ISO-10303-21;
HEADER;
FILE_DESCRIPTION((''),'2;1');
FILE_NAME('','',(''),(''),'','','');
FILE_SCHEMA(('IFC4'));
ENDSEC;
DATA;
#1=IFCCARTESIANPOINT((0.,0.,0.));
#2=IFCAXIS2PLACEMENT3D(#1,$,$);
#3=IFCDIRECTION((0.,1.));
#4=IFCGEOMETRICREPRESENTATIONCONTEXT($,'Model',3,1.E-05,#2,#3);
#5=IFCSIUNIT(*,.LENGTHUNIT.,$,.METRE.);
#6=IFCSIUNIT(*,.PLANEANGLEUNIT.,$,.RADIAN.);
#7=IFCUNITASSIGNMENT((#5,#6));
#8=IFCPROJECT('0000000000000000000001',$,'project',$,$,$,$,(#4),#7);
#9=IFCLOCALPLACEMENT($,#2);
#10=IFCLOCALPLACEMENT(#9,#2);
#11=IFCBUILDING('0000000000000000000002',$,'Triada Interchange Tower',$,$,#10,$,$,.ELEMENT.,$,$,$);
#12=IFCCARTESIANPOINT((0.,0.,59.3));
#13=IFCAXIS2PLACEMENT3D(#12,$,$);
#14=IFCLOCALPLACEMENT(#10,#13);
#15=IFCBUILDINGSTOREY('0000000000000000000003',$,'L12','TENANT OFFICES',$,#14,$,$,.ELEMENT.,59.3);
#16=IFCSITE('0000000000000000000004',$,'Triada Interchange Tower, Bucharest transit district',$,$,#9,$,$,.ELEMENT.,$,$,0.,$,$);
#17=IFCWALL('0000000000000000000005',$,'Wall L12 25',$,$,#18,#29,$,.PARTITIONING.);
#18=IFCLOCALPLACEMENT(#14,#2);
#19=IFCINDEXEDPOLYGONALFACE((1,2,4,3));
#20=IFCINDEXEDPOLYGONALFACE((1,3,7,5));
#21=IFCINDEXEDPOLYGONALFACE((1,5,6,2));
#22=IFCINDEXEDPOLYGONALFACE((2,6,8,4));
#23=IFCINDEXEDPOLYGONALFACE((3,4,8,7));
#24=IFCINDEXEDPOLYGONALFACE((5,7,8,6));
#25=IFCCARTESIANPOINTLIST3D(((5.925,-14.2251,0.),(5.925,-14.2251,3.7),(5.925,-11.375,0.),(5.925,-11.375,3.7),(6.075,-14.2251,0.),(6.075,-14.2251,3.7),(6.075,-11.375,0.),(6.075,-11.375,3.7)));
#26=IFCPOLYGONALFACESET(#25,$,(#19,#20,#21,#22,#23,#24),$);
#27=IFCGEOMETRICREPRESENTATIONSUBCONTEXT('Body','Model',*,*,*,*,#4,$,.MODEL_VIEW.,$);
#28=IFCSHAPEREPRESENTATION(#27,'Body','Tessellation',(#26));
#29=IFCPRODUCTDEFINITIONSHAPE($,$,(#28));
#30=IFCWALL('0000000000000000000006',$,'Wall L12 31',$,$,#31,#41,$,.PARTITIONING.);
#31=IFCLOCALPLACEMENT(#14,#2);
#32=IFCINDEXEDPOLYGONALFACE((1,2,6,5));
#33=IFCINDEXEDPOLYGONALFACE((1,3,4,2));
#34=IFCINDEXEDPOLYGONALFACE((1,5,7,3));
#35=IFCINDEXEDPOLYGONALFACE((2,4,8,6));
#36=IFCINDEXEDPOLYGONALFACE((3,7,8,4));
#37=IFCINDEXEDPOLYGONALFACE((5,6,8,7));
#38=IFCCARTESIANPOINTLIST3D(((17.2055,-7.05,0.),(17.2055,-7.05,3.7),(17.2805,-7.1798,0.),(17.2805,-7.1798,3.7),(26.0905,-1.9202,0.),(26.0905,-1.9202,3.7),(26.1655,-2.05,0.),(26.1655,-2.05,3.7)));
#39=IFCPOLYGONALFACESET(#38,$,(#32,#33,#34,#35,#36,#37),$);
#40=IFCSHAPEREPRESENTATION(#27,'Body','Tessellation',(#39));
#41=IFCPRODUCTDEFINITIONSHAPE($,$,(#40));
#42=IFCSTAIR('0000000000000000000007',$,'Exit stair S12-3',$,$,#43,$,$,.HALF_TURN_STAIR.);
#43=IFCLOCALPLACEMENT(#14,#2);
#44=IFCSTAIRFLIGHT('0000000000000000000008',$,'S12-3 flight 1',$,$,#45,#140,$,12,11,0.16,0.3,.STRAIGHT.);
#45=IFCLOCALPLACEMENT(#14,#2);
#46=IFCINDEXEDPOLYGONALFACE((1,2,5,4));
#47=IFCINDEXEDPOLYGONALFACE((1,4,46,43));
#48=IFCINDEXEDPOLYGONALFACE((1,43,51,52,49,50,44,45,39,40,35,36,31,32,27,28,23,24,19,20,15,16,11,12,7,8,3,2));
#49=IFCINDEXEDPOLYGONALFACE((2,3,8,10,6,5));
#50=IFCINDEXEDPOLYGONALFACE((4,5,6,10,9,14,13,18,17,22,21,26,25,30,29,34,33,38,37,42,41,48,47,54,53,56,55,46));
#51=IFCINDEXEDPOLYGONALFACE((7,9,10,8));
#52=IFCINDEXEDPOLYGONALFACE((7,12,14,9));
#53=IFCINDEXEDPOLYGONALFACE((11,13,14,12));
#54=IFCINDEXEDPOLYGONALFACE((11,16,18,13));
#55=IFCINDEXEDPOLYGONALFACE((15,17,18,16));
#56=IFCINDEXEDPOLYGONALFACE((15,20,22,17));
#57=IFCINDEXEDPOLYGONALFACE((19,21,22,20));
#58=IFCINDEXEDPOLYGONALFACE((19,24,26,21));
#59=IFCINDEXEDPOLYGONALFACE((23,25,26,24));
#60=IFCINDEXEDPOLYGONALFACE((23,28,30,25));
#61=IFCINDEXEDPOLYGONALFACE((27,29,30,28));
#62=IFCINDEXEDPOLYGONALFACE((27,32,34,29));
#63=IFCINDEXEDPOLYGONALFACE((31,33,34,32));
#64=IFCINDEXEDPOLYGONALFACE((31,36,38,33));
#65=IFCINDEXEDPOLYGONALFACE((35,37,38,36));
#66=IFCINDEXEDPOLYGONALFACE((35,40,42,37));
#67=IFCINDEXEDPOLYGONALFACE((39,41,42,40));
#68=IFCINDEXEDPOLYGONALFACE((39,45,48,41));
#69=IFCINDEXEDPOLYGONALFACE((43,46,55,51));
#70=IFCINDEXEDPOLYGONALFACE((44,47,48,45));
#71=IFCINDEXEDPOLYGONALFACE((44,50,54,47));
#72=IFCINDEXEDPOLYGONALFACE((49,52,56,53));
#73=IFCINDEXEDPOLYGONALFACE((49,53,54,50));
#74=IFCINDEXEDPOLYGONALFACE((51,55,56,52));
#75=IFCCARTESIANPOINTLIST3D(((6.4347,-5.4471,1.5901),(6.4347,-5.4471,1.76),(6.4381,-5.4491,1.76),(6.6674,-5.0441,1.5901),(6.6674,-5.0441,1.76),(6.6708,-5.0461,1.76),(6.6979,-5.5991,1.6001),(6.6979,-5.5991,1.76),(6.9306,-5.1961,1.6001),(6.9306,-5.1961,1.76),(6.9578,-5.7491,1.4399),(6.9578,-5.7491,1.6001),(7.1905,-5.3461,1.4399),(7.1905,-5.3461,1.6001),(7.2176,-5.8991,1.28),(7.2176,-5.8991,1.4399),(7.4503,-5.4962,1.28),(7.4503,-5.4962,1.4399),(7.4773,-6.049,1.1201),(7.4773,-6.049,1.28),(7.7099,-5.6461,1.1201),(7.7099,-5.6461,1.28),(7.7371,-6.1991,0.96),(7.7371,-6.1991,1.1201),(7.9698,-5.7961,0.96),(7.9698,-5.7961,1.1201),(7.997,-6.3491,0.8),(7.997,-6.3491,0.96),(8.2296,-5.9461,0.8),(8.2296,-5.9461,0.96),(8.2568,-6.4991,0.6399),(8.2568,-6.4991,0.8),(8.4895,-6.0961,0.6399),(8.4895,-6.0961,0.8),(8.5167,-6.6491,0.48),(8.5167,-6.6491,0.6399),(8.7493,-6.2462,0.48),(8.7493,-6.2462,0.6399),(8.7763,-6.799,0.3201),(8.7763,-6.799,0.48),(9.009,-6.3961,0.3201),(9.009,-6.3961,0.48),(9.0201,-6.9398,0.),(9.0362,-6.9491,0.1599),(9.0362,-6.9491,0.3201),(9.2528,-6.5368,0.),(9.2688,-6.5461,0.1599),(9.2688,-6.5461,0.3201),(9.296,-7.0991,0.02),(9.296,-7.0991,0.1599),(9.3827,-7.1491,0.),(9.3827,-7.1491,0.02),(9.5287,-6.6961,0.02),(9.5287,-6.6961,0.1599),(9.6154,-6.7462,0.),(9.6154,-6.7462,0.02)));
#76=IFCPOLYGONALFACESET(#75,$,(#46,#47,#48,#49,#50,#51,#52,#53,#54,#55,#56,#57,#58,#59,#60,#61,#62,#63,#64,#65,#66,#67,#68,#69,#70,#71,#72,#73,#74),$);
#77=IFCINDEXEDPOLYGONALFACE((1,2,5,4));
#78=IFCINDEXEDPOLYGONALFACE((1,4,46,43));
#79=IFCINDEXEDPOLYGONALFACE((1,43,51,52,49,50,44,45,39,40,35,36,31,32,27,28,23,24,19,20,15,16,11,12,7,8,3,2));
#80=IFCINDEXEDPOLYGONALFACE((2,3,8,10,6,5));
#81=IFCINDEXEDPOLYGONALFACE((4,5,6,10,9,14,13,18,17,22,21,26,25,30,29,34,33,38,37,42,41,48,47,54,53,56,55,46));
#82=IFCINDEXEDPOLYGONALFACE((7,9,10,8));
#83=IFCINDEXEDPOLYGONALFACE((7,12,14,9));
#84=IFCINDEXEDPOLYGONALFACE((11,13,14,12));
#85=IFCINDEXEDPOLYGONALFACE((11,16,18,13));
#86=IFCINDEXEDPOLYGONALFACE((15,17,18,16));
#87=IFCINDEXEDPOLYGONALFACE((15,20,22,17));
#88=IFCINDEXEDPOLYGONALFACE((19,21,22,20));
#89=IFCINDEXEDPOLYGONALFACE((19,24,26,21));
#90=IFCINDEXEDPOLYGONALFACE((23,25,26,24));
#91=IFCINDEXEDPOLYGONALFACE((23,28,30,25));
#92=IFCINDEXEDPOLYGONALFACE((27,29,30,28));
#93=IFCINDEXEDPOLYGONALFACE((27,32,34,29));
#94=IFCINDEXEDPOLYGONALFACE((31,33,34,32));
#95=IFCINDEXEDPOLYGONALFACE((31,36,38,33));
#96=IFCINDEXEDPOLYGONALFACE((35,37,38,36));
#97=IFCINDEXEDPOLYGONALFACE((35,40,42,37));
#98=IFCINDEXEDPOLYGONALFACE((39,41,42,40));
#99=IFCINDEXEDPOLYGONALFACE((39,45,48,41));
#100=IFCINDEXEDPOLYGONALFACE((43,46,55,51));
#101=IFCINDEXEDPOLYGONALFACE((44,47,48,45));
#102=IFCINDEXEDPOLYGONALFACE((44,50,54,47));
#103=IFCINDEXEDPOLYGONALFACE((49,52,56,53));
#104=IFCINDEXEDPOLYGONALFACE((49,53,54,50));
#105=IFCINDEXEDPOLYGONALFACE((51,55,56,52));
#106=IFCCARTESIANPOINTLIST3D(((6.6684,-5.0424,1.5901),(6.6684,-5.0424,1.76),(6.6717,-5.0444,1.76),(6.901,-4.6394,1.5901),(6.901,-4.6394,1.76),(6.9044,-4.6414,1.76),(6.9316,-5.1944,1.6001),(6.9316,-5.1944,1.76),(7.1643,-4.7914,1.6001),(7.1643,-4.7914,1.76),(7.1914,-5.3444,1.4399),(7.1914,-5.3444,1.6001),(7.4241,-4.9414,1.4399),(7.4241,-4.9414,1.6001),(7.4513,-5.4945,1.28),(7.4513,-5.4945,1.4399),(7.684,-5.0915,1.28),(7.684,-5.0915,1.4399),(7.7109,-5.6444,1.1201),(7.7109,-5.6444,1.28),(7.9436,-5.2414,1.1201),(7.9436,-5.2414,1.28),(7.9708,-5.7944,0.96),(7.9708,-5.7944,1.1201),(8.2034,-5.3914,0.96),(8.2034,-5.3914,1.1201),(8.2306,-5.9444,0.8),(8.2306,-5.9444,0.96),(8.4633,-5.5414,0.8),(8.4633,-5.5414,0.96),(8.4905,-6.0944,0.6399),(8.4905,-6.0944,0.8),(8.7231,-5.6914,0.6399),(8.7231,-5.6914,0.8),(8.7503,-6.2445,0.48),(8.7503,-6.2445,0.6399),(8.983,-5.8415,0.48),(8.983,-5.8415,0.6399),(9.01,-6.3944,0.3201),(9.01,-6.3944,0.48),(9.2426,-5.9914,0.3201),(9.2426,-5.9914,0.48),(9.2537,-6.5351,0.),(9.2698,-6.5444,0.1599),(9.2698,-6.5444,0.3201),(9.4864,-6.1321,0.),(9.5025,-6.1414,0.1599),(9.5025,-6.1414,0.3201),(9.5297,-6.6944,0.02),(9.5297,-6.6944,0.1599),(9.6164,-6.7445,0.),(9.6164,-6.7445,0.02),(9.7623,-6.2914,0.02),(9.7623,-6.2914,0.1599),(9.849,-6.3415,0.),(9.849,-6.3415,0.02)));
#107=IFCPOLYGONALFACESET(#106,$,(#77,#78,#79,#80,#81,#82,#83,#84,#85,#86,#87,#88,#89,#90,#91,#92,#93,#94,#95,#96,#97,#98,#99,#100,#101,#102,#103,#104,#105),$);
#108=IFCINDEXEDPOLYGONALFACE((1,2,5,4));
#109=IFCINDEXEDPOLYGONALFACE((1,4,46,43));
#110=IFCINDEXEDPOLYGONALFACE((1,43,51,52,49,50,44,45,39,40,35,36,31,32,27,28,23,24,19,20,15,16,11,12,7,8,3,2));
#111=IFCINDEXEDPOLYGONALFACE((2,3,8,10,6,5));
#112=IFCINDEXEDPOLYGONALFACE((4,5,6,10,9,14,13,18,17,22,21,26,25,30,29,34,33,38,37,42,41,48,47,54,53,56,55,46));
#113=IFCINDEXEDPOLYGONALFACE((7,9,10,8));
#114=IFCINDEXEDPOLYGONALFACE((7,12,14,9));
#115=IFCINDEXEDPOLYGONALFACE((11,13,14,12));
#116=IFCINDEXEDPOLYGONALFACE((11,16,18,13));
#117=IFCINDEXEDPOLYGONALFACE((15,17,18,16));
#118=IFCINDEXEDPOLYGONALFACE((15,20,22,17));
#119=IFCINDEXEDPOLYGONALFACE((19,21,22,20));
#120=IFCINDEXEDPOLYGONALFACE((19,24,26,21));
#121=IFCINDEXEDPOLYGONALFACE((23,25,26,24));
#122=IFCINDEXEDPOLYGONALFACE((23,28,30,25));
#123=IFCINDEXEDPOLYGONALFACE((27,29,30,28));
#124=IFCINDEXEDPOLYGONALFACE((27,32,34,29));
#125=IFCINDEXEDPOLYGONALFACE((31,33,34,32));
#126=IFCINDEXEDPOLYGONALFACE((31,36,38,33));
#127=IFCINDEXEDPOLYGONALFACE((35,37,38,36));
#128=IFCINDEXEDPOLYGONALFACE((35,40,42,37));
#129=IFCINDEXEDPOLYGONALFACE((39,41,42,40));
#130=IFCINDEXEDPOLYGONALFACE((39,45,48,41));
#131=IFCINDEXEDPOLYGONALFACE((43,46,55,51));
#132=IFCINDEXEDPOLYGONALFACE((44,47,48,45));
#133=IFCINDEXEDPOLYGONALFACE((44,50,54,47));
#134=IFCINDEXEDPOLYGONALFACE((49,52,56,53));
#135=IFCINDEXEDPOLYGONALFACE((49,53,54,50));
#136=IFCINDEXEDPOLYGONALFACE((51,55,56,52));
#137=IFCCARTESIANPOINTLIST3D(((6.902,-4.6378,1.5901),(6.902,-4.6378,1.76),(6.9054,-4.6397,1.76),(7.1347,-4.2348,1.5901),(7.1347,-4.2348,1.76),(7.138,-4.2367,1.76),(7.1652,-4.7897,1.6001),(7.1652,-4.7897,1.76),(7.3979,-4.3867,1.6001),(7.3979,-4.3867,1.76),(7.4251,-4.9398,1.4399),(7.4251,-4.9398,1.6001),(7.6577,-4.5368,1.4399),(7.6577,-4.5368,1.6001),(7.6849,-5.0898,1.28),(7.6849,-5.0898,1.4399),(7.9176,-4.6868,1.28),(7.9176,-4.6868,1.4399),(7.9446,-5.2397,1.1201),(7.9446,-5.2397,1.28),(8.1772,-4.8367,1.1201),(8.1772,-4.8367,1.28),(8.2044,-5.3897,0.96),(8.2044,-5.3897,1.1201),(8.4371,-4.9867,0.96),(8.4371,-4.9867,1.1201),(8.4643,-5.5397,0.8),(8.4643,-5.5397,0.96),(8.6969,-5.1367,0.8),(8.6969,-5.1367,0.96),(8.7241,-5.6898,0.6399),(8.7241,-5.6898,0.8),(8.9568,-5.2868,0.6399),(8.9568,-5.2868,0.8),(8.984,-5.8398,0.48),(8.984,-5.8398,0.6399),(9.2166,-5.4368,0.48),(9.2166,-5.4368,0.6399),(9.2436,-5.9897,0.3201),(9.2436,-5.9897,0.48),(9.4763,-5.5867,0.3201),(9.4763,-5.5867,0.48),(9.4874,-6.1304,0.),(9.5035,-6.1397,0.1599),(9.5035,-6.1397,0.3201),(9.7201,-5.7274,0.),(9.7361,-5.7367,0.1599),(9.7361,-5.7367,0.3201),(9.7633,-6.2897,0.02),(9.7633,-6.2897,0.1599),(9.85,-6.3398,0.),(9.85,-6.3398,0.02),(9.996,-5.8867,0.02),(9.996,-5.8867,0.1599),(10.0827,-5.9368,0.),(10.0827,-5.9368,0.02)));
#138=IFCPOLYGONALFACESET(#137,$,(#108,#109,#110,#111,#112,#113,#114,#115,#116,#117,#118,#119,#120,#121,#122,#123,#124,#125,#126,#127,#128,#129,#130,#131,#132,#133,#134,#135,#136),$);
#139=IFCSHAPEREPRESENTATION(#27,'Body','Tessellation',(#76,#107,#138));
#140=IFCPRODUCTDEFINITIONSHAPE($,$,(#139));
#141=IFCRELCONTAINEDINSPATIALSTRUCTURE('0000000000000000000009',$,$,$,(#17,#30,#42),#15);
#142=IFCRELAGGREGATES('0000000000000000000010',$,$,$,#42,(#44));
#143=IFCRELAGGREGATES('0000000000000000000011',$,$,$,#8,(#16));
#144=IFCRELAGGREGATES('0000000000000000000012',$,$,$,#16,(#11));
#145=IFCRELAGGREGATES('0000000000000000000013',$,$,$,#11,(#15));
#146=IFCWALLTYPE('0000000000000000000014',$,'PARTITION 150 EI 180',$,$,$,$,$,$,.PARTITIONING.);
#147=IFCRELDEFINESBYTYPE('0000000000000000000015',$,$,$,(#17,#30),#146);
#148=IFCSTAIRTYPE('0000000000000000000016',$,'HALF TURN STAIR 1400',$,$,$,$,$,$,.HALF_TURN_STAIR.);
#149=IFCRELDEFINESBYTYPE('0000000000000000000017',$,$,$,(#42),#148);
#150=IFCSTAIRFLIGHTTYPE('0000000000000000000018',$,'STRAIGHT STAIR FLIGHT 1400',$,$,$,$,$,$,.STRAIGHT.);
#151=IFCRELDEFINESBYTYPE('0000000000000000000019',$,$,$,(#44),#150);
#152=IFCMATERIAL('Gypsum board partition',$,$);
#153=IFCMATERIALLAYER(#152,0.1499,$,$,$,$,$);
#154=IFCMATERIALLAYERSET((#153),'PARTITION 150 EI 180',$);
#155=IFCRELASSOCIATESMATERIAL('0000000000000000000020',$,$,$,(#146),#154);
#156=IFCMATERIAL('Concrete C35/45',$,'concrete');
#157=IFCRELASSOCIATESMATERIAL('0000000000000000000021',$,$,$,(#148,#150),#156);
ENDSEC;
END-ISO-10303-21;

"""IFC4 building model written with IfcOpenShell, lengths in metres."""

from ifc_helpers import new_model, si_unit, direction, frame, frame_2d, origin, place, context, subcontext, project, spatial, polyline, rectangle, outline, extrude, material, layer, layer_set, type_object, element, aggregate, save


model = new_model("IFC4")

# Units and contexts
model_context = context("Model", 3, precision=1e-05, world=origin(), true_north=direction((0.0, 1.0)))
body_context = subcontext(model_context, "Body", "Model", "MODEL_VIEW")
ifc_project = project(units=[si_unit("LENGTHUNIT", "METRE"), si_unit("PLANEANGLEUNIT", "RADIAN")], contexts=[model_context])

# Site, building, storey
site_placement = place(None, origin())
site = spatial("IfcSite", under=ifc_project, at=site_placement, Name="Triada Interchange Tower, Bucharest transit district", CompositionType="ELEMENT", RefElevation=0.0)
building_placement = place(site_placement, origin())
building = spatial("IfcBuilding", under=site, at=building_placement, Name="Triada Interchange Tower", CompositionType="ELEMENT")
storey_placement = place(building_placement, frame((0.0, 0.0, 59.3)))
storey = spatial("IfcBuildingStorey", under=building, at=storey_placement, Name="L12", Description="TENANT OFFICES", CompositionType="ELEMENT", Elevation=59.3)

# Walls
ifc_material_1 = material(Name="Gypsum board partition")
ifc_layer_1 = layer(ifc_material_1, 0.1499)
ifc_layer_set_1 = layer_set([ifc_layer_1], Name="PARTITION 150 EI 180")
wall_type_1 = type_object("IfcWallType", Name="PARTITION 150 EI 180", PredefinedType="PARTITIONING", material=ifc_layer_set_1)
wall_1_placement = place(storey_placement, frame((6.0, -14.2251, 0.0), z_axis=(0.0, 0.0, 1.0), x_axis=(0.0, 1.0, 0.0)))
element("IfcWall", 1, at=wall_1_placement, inside=storey, type_object=wall_type_1, Name="Wall L12 25", PredefinedType="PARTITIONING", context=body_context, shape_type="SweptSolid", body=[
    extrude(rectangle(XDim=2.8501, YDim=0.1499, at=frame_2d((1.425, 0.0))), origin(), (0.0, 0.0, 1.0), 3.7),
])
wall_2_placement = place(storey_placement, frame((17.2429, -7.115, 0.0), z_axis=(0.0, 0.0, 1.0), x_axis=(0.86602, 0.500009, 0.0)))
element("IfcWall", 2, at=wall_2_placement, inside=storey, type_object=wall_type_1, Name="Wall L12 31", PredefinedType="PARTITIONING", context=body_context, shape_type="SweptSolid", body=[
    extrude(rectangle(XDim=10.2595, YDim=0.1499, at=frame_2d((5.1299, 0.0))), origin(), (0.0, 0.0, 1.0), 3.7),
])

# Stair, stair flight
ifc_material_2 = material(Name="Concrete C35/45", Category="concrete")
stair_type = type_object("IfcStairType", Name="HALF TURN STAIR 1400", PredefinedType="HALF_TURN_STAIR", material=ifc_material_2)
stair_placement = place(storey_placement, origin())
stair = element("IfcStair", 3, at=stair_placement, inside=storey, type_object=stair_type, Name="Exit stair S12-3", PredefinedType="HALF_TURN_STAIR")
stair_flight_type = type_object("IfcStairFlightType", Name="STRAIGHT STAIR FLIGHT 1400", PredefinedType="STRAIGHT", material=ifc_material_2)
stair_flight_1_placement = place(storey_placement, frame((9.646, -6.4929, 0.0), z_axis=(0.0, 0.0, 1.0), x_axis=(-0.866025, 0.5, 0.0)))
stair_flight_1 = element("IfcStairFlight", 4, at=stair_flight_1_placement, type_object=stair_flight_type, Name="S12-3 flight 1", NumberOfRisers=12, NumberOfTreads=11, PredefinedType="STRAIGHT", RiserHeight=0.16, TreadLength=0.3, context=body_context, shape_type="SweptSolid", body=[
    extrude(outline(polyline([(-0.1001, 0.0), (-0.1001, 0.02), (0.0, 0.02), (0.0, 0.1599), (0.3, 0.1599), (0.3, 0.3201), (0.6001, 0.3201), (0.6001, 0.48), (0.8999, 0.48), (0.8999, 0.6399), (1.2, 0.6399), (1.2, 0.8), (1.5, 0.8), (1.5, 0.96), (1.8, 0.96), (1.8, 1.1201), (2.1001, 1.1201), (2.1001, 1.28), (2.3999, 1.28), (2.3999, 1.4399), (2.7, 1.4399), (2.7, 1.6001), (3.0, 1.6001), (3.0, 1.76), (3.3, 1.76), (3.304, 1.76), (3.304, 1.9199), (3.304, 1.5901), (0.3186, 0.0), (-0.1001, 0.0)])), frame((0.0, 0.7, 0.0), z_axis=(0.0, -1.0, 0.0), x_axis=(1.0, 0.0, 0.0)), (0.0, 0.0, 1.0), 0.4653),
    extrude(outline(polyline([(-0.1001, 0.0), (-0.1001, 0.02), (0.0, 0.02), (0.0, 0.1599), (0.3, 0.1599), (0.3, 0.3201), (0.6001, 0.3201), (0.6001, 0.48), (0.8999, 0.48), (0.8999, 0.6399), (1.2, 0.6399), (1.2, 0.8), (1.5, 0.8), (1.5, 0.96), (1.8, 0.96), (1.8, 1.1201), (2.1001, 1.1201), (2.1001, 1.28), (2.3999, 1.28), (2.3999, 1.4399), (2.7, 1.4399), (2.7, 1.6001), (3.0, 1.6001), (3.0, 1.76), (3.3, 1.76), (3.304, 1.76), (3.304, 1.9199), (3.304, 1.5901), (0.3186, 0.0), (-0.1001, 0.0)])), frame((0.0, 0.2327, 0.0), z_axis=(0.0, -1.0, 0.0), x_axis=(1.0, 0.0, 0.0)), (0.0, 0.0, 1.0), 0.4653),
    extrude(outline(polyline([(-0.1001, 0.0), (-0.1001, 0.02), (0.0, 0.02), (0.0, 0.1599), (0.3, 0.1599), (0.3, 0.3201), (0.6001, 0.3201), (0.6001, 0.48), (0.8999, 0.48), (0.8999, 0.6399), (1.2, 0.6399), (1.2, 0.8), (1.5, 0.8), (1.5, 0.96), (1.8, 0.96), (1.8, 1.1201), (2.1001, 1.1201), (2.1001, 1.28), (2.3999, 1.28), (2.3999, 1.4399), (2.7, 1.4399), (2.7, 1.6001), (3.0, 1.6001), (3.0, 1.76), (3.3, 1.76), (3.304, 1.76), (3.304, 1.9199), (3.304, 1.5901), (0.3186, 0.0), (-0.1001, 0.0)])), frame((0.0, -0.2346, 0.0), z_axis=(0.0, -1.0, 0.0), x_axis=(1.0, 0.0, 0.0)), (0.0, 0.0, 1.0), 0.4653),
])
aggregate(stair, [stair_flight_1])

save(model, "model.ifc")
